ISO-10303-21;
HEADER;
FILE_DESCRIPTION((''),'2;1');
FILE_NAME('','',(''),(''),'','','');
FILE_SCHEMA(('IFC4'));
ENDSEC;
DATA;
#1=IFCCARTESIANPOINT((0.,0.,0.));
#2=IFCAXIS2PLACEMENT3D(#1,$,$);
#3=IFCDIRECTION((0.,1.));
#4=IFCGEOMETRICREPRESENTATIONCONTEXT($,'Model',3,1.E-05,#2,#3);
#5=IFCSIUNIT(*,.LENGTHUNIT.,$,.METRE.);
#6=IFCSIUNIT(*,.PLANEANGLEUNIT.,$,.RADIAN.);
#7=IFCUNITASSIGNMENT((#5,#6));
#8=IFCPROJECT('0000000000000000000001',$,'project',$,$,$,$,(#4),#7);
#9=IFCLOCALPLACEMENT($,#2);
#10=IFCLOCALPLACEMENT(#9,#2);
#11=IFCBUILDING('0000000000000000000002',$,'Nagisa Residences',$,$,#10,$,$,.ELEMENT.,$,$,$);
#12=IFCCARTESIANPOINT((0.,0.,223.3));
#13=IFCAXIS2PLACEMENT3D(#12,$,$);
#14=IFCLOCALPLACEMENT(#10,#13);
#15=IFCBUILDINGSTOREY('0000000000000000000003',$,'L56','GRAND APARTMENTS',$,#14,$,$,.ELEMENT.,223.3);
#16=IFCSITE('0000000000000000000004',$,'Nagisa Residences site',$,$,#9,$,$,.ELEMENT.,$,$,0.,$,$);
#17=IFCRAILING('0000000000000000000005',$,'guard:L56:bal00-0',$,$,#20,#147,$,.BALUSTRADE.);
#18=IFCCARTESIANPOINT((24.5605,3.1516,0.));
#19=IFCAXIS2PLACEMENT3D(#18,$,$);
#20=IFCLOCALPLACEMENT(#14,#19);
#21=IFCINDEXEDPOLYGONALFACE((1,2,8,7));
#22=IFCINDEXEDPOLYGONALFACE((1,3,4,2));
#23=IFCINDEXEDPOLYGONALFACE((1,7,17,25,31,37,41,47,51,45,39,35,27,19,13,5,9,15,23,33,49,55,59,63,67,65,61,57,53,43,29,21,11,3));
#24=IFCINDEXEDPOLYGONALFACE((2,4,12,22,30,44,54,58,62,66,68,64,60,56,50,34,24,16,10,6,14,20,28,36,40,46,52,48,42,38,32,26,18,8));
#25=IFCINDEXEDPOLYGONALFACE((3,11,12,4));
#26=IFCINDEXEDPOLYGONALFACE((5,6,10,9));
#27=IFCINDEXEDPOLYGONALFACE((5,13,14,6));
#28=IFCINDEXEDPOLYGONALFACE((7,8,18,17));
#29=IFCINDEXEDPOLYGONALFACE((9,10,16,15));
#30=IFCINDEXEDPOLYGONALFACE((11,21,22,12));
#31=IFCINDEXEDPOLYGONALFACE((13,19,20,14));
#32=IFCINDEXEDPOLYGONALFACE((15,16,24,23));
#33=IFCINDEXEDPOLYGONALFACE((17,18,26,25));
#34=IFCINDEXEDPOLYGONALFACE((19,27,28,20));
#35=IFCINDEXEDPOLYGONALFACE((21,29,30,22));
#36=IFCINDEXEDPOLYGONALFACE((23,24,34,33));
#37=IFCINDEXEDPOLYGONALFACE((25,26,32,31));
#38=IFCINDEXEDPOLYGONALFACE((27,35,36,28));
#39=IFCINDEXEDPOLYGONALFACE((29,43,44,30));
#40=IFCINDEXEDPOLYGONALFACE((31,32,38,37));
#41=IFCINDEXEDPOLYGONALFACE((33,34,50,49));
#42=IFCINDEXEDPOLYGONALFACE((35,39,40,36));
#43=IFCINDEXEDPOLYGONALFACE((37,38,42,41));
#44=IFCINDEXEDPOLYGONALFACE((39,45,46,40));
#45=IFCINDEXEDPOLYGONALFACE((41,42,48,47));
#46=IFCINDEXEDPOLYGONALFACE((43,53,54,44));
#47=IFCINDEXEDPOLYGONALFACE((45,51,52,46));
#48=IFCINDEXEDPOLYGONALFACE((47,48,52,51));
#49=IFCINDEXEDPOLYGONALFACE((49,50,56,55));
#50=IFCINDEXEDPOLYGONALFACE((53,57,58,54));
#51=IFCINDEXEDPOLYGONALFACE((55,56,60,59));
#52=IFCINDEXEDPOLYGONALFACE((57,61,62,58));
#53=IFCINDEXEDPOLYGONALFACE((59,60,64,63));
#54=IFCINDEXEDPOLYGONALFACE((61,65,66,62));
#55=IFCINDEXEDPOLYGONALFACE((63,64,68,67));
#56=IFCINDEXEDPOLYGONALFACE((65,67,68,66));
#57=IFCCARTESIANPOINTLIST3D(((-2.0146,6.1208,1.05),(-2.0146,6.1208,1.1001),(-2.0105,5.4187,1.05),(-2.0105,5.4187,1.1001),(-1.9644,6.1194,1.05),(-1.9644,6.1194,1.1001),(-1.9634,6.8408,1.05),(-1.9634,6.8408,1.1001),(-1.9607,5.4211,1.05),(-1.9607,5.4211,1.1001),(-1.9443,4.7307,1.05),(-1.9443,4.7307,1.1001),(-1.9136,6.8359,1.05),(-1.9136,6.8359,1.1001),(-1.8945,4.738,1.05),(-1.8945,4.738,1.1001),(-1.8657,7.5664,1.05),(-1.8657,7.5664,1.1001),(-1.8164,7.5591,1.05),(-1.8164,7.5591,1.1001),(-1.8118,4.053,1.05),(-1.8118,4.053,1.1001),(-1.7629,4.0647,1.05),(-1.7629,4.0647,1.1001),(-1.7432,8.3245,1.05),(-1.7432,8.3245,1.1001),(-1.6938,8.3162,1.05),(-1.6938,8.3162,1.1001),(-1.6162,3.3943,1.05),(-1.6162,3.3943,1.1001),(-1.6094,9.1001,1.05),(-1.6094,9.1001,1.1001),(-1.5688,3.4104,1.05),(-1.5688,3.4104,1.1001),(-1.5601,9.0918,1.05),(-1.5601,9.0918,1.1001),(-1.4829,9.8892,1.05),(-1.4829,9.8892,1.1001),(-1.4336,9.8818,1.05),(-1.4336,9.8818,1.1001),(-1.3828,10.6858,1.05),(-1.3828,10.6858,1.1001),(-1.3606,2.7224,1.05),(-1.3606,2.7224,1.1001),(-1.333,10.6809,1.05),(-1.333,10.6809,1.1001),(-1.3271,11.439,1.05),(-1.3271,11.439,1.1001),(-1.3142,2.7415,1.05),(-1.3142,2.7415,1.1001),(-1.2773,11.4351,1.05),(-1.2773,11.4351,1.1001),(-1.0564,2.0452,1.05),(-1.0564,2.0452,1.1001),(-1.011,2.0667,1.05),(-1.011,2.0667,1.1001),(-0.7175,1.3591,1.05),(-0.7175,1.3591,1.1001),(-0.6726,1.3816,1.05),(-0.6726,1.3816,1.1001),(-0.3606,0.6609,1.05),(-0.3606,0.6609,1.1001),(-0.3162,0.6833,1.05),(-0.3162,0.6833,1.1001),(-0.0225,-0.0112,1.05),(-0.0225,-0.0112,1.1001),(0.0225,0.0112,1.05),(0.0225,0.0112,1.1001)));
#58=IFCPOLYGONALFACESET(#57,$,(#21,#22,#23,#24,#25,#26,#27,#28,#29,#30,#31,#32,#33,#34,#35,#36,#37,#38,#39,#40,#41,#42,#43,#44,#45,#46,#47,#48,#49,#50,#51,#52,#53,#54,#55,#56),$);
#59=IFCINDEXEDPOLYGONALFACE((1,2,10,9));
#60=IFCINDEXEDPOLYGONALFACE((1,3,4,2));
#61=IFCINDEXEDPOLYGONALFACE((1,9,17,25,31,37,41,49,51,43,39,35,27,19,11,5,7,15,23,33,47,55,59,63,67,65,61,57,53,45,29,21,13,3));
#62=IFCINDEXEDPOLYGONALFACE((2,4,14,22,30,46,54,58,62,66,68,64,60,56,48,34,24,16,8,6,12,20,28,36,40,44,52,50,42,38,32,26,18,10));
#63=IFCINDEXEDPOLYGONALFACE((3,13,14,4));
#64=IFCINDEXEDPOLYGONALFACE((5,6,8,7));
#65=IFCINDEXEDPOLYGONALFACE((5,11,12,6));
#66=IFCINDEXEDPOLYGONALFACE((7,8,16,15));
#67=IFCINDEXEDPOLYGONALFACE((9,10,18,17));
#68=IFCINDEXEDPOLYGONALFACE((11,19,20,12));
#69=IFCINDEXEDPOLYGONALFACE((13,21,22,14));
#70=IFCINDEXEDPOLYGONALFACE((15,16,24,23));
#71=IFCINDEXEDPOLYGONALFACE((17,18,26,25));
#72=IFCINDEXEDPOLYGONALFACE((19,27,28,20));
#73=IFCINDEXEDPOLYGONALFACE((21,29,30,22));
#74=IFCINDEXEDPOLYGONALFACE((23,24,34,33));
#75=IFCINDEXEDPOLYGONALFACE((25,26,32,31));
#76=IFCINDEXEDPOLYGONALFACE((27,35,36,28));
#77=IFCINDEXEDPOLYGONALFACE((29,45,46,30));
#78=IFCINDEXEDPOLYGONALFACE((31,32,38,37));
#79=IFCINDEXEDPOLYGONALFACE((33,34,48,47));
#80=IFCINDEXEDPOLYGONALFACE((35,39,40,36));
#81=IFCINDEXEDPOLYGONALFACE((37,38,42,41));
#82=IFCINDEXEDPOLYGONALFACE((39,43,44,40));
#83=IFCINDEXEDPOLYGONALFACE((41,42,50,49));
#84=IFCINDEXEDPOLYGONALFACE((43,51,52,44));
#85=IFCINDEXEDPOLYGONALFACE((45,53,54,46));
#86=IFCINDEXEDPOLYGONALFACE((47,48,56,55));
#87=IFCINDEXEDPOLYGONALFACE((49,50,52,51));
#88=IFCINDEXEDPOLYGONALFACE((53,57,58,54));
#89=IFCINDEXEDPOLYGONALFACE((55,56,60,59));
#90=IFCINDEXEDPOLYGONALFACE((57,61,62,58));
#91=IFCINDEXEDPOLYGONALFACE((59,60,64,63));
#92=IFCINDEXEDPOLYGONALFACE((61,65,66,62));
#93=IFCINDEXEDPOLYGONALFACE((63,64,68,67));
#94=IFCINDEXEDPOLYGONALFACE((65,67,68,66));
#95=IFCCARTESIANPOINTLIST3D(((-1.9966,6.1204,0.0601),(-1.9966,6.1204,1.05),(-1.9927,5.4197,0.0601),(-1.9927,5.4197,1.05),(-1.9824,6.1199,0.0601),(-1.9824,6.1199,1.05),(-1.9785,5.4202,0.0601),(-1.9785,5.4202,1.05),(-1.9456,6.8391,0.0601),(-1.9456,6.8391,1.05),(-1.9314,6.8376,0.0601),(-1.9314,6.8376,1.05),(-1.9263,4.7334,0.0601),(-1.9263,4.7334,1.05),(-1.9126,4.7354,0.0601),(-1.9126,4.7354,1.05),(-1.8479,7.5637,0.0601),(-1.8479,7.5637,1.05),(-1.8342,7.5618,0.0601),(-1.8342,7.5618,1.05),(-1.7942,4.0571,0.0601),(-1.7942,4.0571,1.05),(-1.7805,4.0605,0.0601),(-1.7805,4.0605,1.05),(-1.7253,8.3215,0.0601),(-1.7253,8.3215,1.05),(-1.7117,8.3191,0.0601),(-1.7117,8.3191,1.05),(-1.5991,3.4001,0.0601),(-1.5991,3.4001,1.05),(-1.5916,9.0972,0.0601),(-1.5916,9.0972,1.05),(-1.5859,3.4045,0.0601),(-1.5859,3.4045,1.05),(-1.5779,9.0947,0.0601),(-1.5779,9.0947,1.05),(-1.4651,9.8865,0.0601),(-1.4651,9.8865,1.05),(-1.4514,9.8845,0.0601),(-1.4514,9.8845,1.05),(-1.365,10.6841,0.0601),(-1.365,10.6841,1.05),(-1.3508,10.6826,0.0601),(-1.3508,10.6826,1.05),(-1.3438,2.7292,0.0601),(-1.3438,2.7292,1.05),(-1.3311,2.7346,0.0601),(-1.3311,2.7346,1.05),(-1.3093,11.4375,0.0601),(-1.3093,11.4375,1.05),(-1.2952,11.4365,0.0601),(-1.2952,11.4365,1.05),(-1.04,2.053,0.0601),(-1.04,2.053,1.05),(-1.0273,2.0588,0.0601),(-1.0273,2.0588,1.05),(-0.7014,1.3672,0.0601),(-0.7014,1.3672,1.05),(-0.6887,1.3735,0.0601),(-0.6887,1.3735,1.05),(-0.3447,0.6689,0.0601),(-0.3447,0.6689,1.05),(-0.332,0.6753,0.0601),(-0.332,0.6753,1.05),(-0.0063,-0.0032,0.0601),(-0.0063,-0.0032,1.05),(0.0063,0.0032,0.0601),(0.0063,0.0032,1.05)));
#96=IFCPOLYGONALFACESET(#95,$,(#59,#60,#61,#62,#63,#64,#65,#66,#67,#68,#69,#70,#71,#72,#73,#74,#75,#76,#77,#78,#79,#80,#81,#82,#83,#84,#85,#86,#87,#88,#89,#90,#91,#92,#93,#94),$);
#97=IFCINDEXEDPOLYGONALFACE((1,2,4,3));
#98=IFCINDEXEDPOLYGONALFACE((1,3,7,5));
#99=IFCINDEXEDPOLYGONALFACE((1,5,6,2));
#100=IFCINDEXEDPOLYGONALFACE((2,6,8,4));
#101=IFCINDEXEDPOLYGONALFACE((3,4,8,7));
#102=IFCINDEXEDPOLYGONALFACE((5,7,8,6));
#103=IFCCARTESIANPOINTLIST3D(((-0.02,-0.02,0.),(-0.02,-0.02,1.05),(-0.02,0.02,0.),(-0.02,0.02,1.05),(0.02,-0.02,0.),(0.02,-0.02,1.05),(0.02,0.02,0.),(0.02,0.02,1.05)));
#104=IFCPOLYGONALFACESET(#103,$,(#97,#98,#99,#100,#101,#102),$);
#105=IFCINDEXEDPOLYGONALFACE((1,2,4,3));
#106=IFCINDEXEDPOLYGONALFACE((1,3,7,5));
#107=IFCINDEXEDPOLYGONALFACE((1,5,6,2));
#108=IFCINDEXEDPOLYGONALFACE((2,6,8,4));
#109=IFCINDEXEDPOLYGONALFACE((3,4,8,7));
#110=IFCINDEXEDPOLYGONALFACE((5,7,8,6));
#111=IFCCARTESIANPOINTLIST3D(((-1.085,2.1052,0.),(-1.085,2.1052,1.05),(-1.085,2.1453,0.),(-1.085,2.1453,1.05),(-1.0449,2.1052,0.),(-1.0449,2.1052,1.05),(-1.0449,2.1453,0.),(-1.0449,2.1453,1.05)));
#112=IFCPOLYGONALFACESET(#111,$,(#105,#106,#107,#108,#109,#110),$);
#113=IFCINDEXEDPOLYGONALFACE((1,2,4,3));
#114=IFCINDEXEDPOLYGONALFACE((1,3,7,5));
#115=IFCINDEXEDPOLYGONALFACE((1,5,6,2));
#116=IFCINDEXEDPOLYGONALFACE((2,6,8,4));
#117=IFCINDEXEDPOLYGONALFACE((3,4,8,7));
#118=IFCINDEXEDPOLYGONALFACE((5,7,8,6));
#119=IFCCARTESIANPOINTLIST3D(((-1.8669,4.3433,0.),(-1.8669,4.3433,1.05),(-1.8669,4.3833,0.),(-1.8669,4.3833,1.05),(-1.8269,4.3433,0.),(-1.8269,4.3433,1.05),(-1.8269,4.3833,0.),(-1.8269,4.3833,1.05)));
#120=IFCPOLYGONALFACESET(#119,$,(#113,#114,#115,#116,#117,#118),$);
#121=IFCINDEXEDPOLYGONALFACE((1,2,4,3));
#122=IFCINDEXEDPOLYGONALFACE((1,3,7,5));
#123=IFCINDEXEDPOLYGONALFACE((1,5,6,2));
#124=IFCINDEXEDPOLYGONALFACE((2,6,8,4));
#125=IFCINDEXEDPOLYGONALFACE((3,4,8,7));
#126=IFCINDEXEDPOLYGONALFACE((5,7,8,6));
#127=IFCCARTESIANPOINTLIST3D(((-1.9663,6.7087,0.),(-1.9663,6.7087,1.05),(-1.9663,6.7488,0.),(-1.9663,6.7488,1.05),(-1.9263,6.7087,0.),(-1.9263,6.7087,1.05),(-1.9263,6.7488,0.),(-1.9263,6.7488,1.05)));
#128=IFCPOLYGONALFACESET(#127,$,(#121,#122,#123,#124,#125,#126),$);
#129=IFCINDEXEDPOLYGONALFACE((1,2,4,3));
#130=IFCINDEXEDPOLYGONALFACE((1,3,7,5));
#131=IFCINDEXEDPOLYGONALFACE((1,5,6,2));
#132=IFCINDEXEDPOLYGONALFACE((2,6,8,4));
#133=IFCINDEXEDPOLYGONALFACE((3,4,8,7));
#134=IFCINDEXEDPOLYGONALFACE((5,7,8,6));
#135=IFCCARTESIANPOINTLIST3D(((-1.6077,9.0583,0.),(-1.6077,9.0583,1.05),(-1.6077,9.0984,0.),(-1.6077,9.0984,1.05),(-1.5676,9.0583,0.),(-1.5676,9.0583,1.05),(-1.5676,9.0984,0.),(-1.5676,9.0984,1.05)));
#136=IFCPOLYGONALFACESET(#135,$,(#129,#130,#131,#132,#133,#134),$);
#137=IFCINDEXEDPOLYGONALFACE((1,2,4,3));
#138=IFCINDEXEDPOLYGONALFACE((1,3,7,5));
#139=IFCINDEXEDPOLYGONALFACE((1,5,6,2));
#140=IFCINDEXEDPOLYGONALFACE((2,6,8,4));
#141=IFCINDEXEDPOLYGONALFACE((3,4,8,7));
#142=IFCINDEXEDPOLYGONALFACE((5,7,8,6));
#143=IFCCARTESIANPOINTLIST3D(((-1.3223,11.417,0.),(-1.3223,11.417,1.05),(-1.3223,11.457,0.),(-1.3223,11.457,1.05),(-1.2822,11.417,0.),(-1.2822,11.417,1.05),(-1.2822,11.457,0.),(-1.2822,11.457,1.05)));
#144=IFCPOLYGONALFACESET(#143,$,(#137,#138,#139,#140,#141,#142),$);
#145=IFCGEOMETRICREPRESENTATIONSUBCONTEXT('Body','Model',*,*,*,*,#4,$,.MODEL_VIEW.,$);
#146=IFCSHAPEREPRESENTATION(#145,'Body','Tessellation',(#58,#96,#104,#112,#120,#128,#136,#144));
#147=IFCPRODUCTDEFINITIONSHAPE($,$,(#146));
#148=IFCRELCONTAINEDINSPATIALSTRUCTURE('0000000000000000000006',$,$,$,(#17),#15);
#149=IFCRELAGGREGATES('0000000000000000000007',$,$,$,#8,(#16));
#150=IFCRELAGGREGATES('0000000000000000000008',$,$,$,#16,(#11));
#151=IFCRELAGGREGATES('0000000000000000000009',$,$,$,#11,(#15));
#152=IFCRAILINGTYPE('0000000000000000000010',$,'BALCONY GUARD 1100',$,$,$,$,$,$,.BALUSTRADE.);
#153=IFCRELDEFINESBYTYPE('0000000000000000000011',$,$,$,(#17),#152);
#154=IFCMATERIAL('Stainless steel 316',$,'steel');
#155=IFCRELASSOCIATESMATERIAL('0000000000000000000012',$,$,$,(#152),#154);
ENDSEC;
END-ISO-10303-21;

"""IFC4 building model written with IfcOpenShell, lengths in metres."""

from ifc_helpers import new_model, si_unit, direction, frame, origin, origin_2d, place, context, subcontext, project, spatial, polyline, rectangle, outline, extrude, material, type_object, element, save


model = new_model("IFC4")

# Units and contexts
model_context = context("Model", 3, precision=1e-05, world=origin(), true_north=direction((0.0, 1.0)))
body_context = subcontext(model_context, "Body", "Model", "MODEL_VIEW")
ifc_project = project(units=[si_unit("LENGTHUNIT", "METRE"), si_unit("PLANEANGLEUNIT", "RADIAN")], contexts=[model_context])

# Site, building, storey
site_placement = place(None, origin())
site = spatial("IfcSite", under=ifc_project, at=site_placement, Name="Nagisa Residences site", CompositionType="ELEMENT", RefElevation=0.0)
building_placement = place(site_placement, origin())
building = spatial("IfcBuilding", under=site, at=building_placement, Name="Nagisa Residences", CompositionType="ELEMENT")
storey_placement = place(building_placement, frame((0.0, 0.0, 223.3)))
storey = spatial("IfcBuildingStorey", under=building, at=storey_placement, Name="L56", Description="GRAND APARTMENTS", CompositionType="ELEMENT", Elevation=223.3)

# Railing
ifc_material_1 = material(Name="Stainless steel 316", Category="steel")
railing_type = type_object("IfcRailingType", Name="BALCONY GUARD 1100", PredefinedType="BALUSTRADE", material=ifc_material_1)
railing_placement = place(storey_placement, frame((24.5605, 3.1516, 0.0)))
element("IfcRailing", 1, at=railing_placement, inside=storey, type_object=railing_type, Name="guard:L56:bal00-0", PredefinedType="BALUSTRADE", context=body_context, shape_type="SweptSolid", body=[
    extrude(outline(polyline([(-0.3606, 0.6609), (-0.0225, -0.0112), (0.0225, 0.0112), (-0.3162, 0.6833), (-0.6726, 1.3816), (-1.011, 2.0667), (-1.3142, 2.7415), (-1.5688, 3.4104), (-1.7629, 4.0647), (-1.8945, 4.738), (-1.9607, 5.4211), (-1.9644, 6.1194), (-1.9136, 6.8359), (-1.8164, 7.5591), (-1.6938, 8.3162), (-1.5601, 9.0918), (-1.4336, 9.8818), (-1.333, 10.6809), (-1.2773, 11.4351), (-1.3271, 11.439), (-1.3828, 10.6858), (-1.4829, 9.8892), (-1.6094, 9.1001), (-1.7432, 8.3245), (-1.8657, 7.5664), (-1.9634, 6.8408), (-2.0146, 6.1208), (-2.0105, 5.4187), (-1.9443, 4.7307), (-1.8118, 4.053), (-1.6162, 3.3943), (-1.3606, 2.7224), (-1.0564, 2.0452), (-0.7175, 1.3591), (-0.3606, 0.6609)])), frame((0.0, 0.0, 1.05)), (0.0, 0.0, 1.0), 0.05),
    extrude(outline(polyline([(-0.3447, 0.6689), (-0.0063, -0.0032), (0.0063, 0.0032), (-0.332, 0.6753), (-0.6887, 1.3735), (-1.0273, 2.0588), (-1.3311, 2.7346), (-1.5859, 3.4045), (-1.7805, 4.0605), (-1.9126, 4.7354), (-1.9785, 5.4202), (-1.9824, 6.1199), (-1.9314, 6.8376), (-1.8342, 7.5618), (-1.7117, 8.3191), (-1.5779, 9.0947), (-1.4514, 9.8845), (-1.3508, 10.6826), (-1.2952, 11.4365), (-1.3093, 11.4375), (-1.365, 10.6841), (-1.4651, 9.8865), (-1.5916, 9.0972), (-1.7253, 8.3215), (-1.8479, 7.5637), (-1.9456, 6.8391), (-1.9966, 6.1204), (-1.9927, 5.4197), (-1.9263, 4.7334), (-1.7942, 4.0571), (-1.5991, 3.4001), (-1.3438, 2.7292), (-1.04, 2.053), (-0.7014, 1.3672), (-0.3447, 0.6689)])), frame((0.0, 0.0, 0.0601)), (0.0, 0.0, 1.0), 0.99),
    extrude(rectangle(XDim=0.04, YDim=0.04, at=origin_2d()), origin(), (0.0, 0.0, 1.0), 1.05),
    extrude(rectangle(XDim=0.04, YDim=0.04, at=origin_2d()), frame((-1.0649, 2.1252, 0.0)), (0.0, 0.0, 1.0), 1.05),
    extrude(rectangle(XDim=0.04, YDim=0.04, at=origin_2d()), frame((-1.8469, 4.3633, 0.0)), (0.0, 0.0, 1.0), 1.05),
    extrude(rectangle(XDim=0.04, YDim=0.04, at=origin_2d()), frame((-1.9463, 6.7288, 0.0)), (0.0, 0.0, 1.0), 1.05),
    extrude(rectangle(XDim=0.04, YDim=0.04, at=origin_2d()), frame((-1.5876, 9.0784, 0.0)), (0.0, 0.0, 1.0), 1.05),
    extrude(rectangle(XDim=0.04, YDim=0.04, at=origin_2d()), frame((-1.3022, 11.437, 0.0)), (0.0, 0.0, 1.0), 1.05),
])

save(model, "model.ifc")
